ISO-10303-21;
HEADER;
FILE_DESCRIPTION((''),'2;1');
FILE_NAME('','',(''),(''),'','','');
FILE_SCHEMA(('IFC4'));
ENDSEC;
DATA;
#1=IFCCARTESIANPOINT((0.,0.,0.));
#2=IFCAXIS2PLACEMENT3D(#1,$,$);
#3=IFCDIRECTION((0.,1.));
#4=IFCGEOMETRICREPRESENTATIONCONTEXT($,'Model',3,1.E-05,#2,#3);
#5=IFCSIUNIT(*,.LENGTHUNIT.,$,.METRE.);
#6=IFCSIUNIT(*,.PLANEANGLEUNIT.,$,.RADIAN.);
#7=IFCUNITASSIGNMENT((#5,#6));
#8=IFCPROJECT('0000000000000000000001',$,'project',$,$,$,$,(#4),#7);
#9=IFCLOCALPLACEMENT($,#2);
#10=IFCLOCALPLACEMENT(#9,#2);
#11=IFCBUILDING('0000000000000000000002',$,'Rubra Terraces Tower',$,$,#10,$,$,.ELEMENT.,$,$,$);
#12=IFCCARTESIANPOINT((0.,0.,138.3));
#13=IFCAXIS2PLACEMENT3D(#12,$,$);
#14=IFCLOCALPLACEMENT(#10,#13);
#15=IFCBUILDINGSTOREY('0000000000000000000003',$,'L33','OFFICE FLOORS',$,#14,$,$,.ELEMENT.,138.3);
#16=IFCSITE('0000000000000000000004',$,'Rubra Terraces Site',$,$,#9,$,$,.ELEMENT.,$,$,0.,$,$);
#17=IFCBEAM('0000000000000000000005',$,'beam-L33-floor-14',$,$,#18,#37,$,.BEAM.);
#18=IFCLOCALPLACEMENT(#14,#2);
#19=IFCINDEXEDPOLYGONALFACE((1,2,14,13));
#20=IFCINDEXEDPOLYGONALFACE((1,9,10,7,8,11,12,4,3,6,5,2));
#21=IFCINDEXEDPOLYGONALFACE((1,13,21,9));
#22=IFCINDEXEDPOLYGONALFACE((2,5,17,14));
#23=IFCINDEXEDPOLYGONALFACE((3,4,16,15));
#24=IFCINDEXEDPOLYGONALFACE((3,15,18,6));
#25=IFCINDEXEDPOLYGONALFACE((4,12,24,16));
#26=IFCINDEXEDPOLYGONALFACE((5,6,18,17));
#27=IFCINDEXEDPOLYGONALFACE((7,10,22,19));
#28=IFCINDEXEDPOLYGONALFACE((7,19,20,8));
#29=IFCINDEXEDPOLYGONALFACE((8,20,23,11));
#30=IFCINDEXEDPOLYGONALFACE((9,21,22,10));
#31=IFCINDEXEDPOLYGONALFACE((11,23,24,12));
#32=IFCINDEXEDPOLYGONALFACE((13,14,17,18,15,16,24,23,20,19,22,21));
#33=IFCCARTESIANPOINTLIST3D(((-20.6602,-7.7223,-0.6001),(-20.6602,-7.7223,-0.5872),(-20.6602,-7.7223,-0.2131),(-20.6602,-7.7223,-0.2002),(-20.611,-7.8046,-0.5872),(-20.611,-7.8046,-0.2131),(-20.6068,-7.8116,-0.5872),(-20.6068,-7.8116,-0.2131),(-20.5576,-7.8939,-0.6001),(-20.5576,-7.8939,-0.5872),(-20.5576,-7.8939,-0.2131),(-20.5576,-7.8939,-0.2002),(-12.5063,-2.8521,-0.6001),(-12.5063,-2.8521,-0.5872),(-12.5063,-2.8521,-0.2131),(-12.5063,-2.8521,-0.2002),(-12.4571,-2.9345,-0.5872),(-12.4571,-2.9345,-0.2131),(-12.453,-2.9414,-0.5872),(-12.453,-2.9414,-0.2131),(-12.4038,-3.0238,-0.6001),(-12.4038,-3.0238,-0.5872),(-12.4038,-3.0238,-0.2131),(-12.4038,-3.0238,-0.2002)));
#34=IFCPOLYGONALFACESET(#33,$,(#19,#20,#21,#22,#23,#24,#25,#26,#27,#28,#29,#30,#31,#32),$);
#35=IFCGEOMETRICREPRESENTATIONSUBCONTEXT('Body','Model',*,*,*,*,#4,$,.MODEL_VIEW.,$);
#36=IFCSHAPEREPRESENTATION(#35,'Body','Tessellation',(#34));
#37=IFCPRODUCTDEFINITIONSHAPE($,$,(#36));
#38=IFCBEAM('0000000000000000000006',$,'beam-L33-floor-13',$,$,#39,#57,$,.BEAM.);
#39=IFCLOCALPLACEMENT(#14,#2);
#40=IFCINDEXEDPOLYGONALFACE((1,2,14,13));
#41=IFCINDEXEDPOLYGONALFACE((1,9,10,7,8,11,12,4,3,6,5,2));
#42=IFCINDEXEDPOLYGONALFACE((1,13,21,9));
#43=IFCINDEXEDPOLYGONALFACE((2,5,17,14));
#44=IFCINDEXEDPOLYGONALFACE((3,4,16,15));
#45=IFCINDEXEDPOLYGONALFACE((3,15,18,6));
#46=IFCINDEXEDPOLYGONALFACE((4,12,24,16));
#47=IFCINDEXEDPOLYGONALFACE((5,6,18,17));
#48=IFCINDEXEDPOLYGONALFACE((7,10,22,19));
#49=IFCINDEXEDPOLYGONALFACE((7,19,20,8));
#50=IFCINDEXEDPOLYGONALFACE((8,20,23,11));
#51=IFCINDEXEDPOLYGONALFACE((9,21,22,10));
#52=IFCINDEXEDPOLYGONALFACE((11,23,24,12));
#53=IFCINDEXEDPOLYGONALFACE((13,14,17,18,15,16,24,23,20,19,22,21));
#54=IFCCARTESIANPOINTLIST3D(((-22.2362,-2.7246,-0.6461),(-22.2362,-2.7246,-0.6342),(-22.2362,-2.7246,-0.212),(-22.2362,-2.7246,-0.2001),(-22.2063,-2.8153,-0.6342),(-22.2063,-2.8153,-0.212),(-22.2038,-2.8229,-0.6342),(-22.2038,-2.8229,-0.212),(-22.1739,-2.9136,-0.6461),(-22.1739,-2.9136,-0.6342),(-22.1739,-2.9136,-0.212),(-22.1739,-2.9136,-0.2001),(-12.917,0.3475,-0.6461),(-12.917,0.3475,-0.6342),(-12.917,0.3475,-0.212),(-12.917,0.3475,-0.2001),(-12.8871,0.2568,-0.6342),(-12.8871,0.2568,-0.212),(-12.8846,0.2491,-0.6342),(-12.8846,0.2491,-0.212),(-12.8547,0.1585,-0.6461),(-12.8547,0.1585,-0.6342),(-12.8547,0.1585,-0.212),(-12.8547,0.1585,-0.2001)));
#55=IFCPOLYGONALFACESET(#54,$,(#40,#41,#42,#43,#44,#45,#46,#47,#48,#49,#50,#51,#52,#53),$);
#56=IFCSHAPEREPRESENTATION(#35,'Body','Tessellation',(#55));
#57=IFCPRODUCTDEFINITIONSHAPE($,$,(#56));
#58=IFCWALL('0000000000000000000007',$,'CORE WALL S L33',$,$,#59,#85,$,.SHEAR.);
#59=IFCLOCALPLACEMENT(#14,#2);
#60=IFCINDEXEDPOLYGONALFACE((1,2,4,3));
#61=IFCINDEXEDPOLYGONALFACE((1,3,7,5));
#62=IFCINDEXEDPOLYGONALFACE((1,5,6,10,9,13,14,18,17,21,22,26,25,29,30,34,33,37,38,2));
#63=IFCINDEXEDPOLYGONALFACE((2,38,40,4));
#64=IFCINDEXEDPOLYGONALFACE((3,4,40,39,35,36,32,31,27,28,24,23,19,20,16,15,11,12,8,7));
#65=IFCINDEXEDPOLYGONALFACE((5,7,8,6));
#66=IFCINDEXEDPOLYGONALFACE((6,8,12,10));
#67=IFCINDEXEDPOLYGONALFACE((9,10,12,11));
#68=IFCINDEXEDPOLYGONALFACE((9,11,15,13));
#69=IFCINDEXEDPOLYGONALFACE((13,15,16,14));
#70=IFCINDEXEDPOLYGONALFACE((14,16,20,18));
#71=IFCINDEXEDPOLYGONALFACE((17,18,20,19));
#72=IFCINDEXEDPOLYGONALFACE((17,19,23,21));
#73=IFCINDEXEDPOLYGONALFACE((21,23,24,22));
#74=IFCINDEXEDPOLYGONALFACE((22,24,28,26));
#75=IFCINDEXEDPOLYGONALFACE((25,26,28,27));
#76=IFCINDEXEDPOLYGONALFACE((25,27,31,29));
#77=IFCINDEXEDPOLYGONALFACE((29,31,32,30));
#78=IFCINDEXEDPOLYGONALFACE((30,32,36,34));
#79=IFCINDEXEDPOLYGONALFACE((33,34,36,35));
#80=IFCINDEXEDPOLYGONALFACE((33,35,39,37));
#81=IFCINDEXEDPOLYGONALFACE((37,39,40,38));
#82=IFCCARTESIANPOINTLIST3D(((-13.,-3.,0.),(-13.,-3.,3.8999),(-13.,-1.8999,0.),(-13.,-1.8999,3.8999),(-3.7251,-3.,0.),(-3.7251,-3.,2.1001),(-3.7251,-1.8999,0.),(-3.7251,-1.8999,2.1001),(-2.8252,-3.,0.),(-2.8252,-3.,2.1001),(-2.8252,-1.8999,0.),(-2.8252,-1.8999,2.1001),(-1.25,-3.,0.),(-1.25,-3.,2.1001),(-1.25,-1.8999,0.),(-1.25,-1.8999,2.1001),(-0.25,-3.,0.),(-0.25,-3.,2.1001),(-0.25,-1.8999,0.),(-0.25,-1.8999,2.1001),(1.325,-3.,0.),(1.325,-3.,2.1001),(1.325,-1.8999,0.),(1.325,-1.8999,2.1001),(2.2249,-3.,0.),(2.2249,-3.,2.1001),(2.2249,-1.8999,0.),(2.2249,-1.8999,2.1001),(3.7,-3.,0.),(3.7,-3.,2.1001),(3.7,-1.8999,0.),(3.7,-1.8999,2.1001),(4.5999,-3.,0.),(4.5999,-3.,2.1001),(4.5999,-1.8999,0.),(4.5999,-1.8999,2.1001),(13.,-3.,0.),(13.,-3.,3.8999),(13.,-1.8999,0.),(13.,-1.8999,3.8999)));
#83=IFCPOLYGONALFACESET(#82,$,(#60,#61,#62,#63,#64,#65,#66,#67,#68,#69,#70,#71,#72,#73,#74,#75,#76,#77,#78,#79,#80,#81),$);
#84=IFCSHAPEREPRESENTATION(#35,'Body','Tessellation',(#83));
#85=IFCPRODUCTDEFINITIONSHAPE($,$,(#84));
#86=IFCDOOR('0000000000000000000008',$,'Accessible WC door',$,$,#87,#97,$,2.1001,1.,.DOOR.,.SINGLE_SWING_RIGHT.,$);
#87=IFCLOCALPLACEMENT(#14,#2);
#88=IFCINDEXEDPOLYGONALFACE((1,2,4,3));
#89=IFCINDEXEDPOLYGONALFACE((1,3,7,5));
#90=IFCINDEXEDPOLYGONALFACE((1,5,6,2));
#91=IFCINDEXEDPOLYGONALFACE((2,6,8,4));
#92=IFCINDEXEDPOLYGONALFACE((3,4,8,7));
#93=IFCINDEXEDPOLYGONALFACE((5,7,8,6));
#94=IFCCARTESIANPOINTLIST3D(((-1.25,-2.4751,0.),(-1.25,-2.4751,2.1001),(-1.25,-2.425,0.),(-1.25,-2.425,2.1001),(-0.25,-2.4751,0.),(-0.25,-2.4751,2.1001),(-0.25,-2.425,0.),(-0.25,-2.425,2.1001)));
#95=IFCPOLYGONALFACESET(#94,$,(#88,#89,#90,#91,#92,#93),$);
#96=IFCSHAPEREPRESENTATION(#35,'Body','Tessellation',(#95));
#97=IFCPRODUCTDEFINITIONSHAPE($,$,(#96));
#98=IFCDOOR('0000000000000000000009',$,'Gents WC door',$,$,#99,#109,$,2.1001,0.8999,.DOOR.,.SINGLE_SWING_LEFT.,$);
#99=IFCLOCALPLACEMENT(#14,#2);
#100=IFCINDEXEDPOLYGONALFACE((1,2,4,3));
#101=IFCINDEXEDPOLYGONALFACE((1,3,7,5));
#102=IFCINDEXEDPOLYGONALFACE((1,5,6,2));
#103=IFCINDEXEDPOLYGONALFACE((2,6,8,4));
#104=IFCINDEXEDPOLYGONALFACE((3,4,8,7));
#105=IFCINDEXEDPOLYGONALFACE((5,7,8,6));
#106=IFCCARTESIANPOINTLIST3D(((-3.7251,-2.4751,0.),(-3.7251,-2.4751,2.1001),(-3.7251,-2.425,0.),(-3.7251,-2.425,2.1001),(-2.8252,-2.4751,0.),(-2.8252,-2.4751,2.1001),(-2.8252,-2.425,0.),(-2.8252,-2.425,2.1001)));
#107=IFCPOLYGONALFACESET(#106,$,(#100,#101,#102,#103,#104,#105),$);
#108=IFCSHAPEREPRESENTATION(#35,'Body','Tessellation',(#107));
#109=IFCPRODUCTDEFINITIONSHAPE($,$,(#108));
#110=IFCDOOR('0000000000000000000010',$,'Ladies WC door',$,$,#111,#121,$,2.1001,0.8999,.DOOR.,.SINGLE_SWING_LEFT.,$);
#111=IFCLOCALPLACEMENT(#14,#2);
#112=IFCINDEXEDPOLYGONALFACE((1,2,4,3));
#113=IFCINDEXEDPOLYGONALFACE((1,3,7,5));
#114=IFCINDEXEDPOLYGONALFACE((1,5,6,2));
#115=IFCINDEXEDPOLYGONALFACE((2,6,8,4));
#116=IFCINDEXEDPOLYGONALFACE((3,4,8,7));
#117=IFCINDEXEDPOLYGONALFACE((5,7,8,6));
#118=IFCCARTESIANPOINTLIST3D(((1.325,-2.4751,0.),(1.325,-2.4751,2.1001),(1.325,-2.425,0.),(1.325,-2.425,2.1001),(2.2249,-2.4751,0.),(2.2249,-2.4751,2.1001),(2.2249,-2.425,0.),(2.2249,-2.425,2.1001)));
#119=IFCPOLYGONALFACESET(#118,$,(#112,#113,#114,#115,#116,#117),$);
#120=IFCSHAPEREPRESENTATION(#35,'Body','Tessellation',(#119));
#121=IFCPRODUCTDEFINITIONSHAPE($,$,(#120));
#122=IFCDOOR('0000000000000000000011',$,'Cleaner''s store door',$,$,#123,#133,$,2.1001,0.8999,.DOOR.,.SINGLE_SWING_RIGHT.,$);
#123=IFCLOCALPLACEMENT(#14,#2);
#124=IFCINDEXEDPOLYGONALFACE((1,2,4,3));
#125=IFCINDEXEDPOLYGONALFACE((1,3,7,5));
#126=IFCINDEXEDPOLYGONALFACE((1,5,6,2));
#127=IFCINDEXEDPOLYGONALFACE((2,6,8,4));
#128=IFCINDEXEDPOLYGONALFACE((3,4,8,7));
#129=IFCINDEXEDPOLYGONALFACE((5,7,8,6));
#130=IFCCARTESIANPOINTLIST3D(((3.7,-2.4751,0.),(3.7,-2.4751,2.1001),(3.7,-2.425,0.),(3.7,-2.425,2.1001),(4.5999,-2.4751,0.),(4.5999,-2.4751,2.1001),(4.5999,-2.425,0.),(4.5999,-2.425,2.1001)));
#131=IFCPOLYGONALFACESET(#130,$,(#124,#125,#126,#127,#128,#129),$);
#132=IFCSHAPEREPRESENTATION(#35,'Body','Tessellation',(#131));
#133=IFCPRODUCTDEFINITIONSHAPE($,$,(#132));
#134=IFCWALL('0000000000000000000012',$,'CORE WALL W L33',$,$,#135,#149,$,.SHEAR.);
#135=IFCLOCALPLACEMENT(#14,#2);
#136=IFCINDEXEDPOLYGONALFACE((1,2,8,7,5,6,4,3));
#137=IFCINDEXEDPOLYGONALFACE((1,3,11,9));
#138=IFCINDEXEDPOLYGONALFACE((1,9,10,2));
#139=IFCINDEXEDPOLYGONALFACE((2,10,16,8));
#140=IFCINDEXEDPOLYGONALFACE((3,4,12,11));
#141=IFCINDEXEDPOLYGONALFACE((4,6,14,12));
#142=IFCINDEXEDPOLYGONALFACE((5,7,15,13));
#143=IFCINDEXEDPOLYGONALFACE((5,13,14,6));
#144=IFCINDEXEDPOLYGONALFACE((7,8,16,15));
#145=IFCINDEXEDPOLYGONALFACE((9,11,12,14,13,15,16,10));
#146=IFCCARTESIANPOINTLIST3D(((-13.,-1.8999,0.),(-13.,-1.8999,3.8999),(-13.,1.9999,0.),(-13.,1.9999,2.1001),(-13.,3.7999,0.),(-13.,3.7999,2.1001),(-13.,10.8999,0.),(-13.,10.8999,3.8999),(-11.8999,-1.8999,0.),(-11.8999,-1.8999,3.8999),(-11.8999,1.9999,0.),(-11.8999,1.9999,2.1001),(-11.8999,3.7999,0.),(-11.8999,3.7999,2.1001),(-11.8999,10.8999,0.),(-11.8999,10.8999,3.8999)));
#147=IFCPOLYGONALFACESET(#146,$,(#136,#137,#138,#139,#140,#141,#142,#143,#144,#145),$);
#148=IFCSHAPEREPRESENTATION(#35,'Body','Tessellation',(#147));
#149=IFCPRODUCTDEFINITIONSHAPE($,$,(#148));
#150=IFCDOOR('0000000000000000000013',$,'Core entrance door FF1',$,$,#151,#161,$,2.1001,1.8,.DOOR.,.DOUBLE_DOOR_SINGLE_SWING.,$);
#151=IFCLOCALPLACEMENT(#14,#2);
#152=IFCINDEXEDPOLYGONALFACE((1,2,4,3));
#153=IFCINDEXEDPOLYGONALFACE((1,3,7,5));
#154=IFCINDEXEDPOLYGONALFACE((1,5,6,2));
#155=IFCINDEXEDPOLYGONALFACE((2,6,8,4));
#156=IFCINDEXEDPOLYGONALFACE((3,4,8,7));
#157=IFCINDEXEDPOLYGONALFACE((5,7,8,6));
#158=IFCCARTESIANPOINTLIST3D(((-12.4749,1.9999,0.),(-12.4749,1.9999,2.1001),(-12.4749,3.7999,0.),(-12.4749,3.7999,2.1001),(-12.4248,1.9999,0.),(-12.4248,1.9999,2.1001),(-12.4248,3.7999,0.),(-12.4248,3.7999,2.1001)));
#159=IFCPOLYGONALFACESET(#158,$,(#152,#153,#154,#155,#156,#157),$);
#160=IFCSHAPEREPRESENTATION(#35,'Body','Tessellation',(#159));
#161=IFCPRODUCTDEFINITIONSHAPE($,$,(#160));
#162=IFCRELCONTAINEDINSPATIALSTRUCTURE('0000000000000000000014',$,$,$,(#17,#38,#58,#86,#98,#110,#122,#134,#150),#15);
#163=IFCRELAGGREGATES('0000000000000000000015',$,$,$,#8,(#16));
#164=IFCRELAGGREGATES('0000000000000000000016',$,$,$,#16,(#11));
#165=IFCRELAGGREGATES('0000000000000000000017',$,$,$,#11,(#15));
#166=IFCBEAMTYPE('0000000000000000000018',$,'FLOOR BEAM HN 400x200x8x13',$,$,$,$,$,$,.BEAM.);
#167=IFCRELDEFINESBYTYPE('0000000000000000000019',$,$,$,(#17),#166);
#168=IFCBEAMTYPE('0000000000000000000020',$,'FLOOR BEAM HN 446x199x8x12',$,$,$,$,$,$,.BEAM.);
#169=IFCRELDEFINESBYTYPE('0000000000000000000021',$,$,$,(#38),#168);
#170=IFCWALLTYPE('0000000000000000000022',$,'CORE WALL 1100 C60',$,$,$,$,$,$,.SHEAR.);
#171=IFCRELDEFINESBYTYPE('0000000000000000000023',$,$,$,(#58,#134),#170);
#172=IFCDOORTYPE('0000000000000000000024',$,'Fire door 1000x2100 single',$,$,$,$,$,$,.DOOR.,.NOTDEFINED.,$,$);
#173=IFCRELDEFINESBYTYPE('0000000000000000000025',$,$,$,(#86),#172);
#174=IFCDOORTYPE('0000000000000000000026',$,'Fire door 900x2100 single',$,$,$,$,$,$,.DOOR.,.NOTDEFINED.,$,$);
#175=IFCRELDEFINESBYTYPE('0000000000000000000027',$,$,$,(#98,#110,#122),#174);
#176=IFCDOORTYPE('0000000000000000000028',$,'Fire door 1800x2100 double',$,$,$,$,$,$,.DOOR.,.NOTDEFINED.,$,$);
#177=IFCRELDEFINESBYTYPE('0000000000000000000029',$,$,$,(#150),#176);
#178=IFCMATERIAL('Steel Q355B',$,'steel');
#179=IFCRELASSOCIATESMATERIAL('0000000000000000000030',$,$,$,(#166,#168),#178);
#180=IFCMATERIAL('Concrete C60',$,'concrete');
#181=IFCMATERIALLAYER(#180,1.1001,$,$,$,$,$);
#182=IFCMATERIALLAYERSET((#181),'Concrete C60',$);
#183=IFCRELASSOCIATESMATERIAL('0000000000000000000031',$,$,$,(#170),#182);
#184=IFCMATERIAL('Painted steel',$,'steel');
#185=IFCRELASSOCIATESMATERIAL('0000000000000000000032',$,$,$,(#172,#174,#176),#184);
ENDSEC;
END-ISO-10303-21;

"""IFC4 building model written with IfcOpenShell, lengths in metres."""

from ifc_helpers import new_model, si_unit, direction, frame, frame_2d, origin, origin_2d, place, context, subcontext, project, spatial, rectangle, i_section, extrude, material, layer, layer_set, material_profile, profile_set, type_object, element, fill, save


model = new_model("IFC4")

# Units and contexts
model_context = context("Model", 3, precision=1e-05, world=origin(), true_north=direction((0.0, 1.0)))
body_context = subcontext(model_context, "Body", "Model", "MODEL_VIEW")
ifc_project = project(units=[si_unit("LENGTHUNIT", "METRE"), si_unit("PLANEANGLEUNIT", "RADIAN")], contexts=[model_context])

# Site, building, storey
site_placement = place(None, origin())
site = spatial("IfcSite", under=ifc_project, at=site_placement, Name="Rubra Terraces Site", CompositionType="ELEMENT", RefElevation=0.0)
building_placement = place(site_placement, origin())
building = spatial("IfcBuilding", under=site, at=building_placement, Name="Rubra Terraces Tower", CompositionType="ELEMENT")
storey_placement = place(building_placement, frame((0.0, 0.0, 138.3)))
storey = spatial("IfcBuildingStorey", under=building, at=storey_placement, Name="L33", Description="OFFICE FLOORS", CompositionType="ELEMENT", Elevation=138.3)

# Beams
ifc_material_1 = material(Name="Steel Q355B", Category="steel")
ifc_material_profile_1 = material_profile(ifc_material_1, i_section(OverallWidth=0.2, OverallDepth=0.3999, WebThickness=0.0081, FlangeThickness=0.0129, at=origin_2d()), Name="HN 400x200x8x13")
ifc_profile_set_1 = profile_set([ifc_material_profile_1], Name="Steel Q355B")
beam_type_1 = type_object("IfcBeamType", Name="FLOOR BEAM HN 400x200x8x13", PredefinedType="BEAM", material=ifc_profile_set_1)
beam_1_placement = place(storey_placement, frame((-20.6089, -7.8081, -0.4001), z_axis=(0.858521, 0.512778, 0.0), x_axis=(-0.512778, 0.858521, 0.0)))
element("IfcBeam", 1, at=beam_1_placement, inside=storey, type_object=beam_type_1, Name="beam-L33-floor-14", PredefinedType="BEAM", context=body_context, shape_type="SweptSolid", body=[
    extrude(i_section(OverallWidth=0.2, OverallDepth=0.3999, WebThickness=0.0081, FlangeThickness=0.0129, at=origin_2d()), origin(), (0.0, 0.0, 1.0), 9.4976),
])
ifc_material_profile_2 = material_profile(ifc_material_1, i_section(OverallWidth=0.199, OverallDepth=0.446, WebThickness=0.0081, FlangeThickness=0.012, at=origin_2d()), Name="HN 446x199x8x12")
ifc_profile_set_2 = profile_set([ifc_material_profile_2], Name="Steel Q355B")
beam_type_2 = type_object("IfcBeamType", Name="FLOOR BEAM HN 446x199x8x12", PredefinedType="BEAM", material=ifc_profile_set_2)
beam_2_placement = place(storey_placement, frame((-22.2051, -2.8191, -0.4231), z_axis=(0.949728, 0.313076, 0.0), x_axis=(-0.313076, 0.949728, 0.0)))
element("IfcBeam", 2, at=beam_2_placement, inside=storey, type_object=beam_type_2, Name="beam-L33-floor-13", PredefinedType="BEAM", context=body_context, shape_type="SweptSolid", body=[
    extrude(i_section(OverallWidth=0.199, OverallDepth=0.446, WebThickness=0.0081, FlangeThickness=0.012, at=origin_2d()), origin(), (0.0, 0.0, 1.0), 9.8125),
])

# Wall, openings, doors
ifc_material_2 = material(Name="Concrete C60", Category="concrete")
ifc_layer_1 = layer(ifc_material_2, 1.1001)
ifc_layer_set_1 = layer_set([ifc_layer_1], Name="Concrete C60")
wall_type_1 = type_object("IfcWallType", Name="CORE WALL 1100 C60", PredefinedType="SHEAR", material=ifc_layer_set_1)
wall_1_placement = place(storey_placement, frame((-13.0, -2.45, 0.0), z_axis=(0.0, 0.0, 1.0), x_axis=(1.0, 0.0, 0.0)))
wall_1 = element("IfcWall", 3, at=wall_1_placement, inside=storey, type_object=wall_type_1, Name="CORE WALL S L33", PredefinedType="SHEAR", context=body_context, shape_type="SweptSolid", body=[
    extrude(rectangle(XDim=26.0, YDim=1.1001, at=frame_2d((13.0, 0.0))), origin(), (0.0, 0.0, 1.0), 3.8999),
])
opening_1_placement = place(wall_1_placement, frame((9.2749, 0.0, 0.0)))
opening_1 = element("IfcOpeningElement", 4, at=opening_1_placement, cuts=wall_1, PredefinedType="OPENING", context=body_context, shape_type="SweptSolid", body=[
    extrude(rectangle(XDim=0.8999, YDim=2.1001, at=frame_2d((0.45, 1.05))), frame((0.0, 0.5601, 0.0), z_axis=(0.0, -1.0, 0.0), x_axis=(1.0, 0.0, 0.0)), (0.0, 0.0, 1.0), 1.1201),
])
opening_2_placement = place(wall_1_placement, frame((11.75, 0.0, 0.0)))
opening_2 = element("IfcOpeningElement", 5, at=opening_2_placement, cuts=wall_1, PredefinedType="OPENING", context=body_context, shape_type="SweptSolid", body=[
    extrude(rectangle(XDim=1.0, YDim=2.1001, at=frame_2d((0.5, 1.05))), frame((0.0, 0.5601, 0.0), z_axis=(0.0, -1.0, 0.0), x_axis=(1.0, 0.0, 0.0)), (0.0, 0.0, 1.0), 1.1201),
])
opening_3_placement = place(wall_1_placement, frame((14.325, 0.0, 0.0)))
opening_3 = element("IfcOpeningElement", 6, at=opening_3_placement, cuts=wall_1, PredefinedType="OPENING", context=body_context, shape_type="SweptSolid", body=[
    extrude(rectangle(XDim=0.8999, YDim=2.1001, at=frame_2d((0.45, 1.05))), frame((0.0, 0.5601, 0.0), z_axis=(0.0, -1.0, 0.0), x_axis=(1.0, 0.0, 0.0)), (0.0, 0.0, 1.0), 1.1201),
])
opening_4_placement = place(wall_1_placement, frame((16.7, 0.0, 0.0)))
opening_4 = element("IfcOpeningElement", 7, at=opening_4_placement, cuts=wall_1, PredefinedType="OPENING", context=body_context, shape_type="SweptSolid", body=[
    extrude(rectangle(XDim=0.8999, YDim=2.1001, at=frame_2d((0.45, 1.05))), frame((0.0, 0.5601, 0.0), z_axis=(0.0, -1.0, 0.0), x_axis=(1.0, 0.0, 0.0)), (0.0, 0.0, 1.0), 1.1201),
])
ifc_material_3 = material(Name="Painted steel", Category="steel")
door_type_1 = type_object("IfcDoorType", Name="Fire door 1000x2100 single", OperationType="NOTDEFINED", PredefinedType="DOOR", material=ifc_material_3)
door_1_placement = place(opening_2_placement, origin())
door_1 = element("IfcDoor", 8, at=door_1_placement, inside=storey, type_object=door_type_1, Name="Accessible WC door", OperationType="SINGLE_SWING_RIGHT", OverallHeight=2.1001, OverallWidth=1.0, PredefinedType="DOOR", context=body_context, shape_type="SweptSolid", body=[
    extrude(rectangle(XDim=1.0, YDim=2.1001, at=frame_2d((0.5, 1.05))), frame((0.0, 0.0249, 0.0), z_axis=(0.0, -1.0, 0.0), x_axis=(1.0, 0.0, 0.0)), (0.0, 0.0, 1.0), 0.05),
])
fill(opening_2, door_1)
door_type_2 = type_object("IfcDoorType", Name="Fire door 900x2100 single", OperationType="NOTDEFINED", PredefinedType="DOOR", material=ifc_material_3)
door_2_placement = place(opening_1_placement, origin())
door_2 = element("IfcDoor", 9, at=door_2_placement, inside=storey, type_object=door_type_2, Name="Gents WC door", OperationType="SINGLE_SWING_LEFT", OverallHeight=2.1001, OverallWidth=0.8999, PredefinedType="DOOR", context=body_context, shape_type="SweptSolid", body=[
    extrude(rectangle(XDim=0.8999, YDim=2.1001, at=frame_2d((0.45, 1.05))), frame((0.0, 0.0249, 0.0), z_axis=(0.0, -1.0, 0.0), x_axis=(1.0, 0.0, 0.0)), (0.0, 0.0, 1.0), 0.05),
])
fill(opening_1, door_2)
door_3_placement = place(opening_3_placement, origin())
door_3 = element("IfcDoor", 10, at=door_3_placement, inside=storey, type_object=door_type_2, Name="Ladies WC door", OperationType="SINGLE_SWING_LEFT", OverallHeight=2.1001, OverallWidth=0.8999, PredefinedType="DOOR", context=body_context, shape_type="SweptSolid", body=[
    extrude(rectangle(XDim=0.8999, YDim=2.1001, at=frame_2d((0.45, 1.05))), frame((0.0, 0.0249, 0.0), z_axis=(0.0, -1.0, 0.0), x_axis=(1.0, 0.0, 0.0)), (0.0, 0.0, 1.0), 0.05),
])
fill(opening_3, door_3)
door_4_placement = place(opening_4_placement, origin())
door_4 = element("IfcDoor", 11, at=door_4_placement, inside=storey, type_object=door_type_2, Name="Cleaner's store door", OperationType="SINGLE_SWING_RIGHT", OverallHeight=2.1001, OverallWidth=0.8999, PredefinedType="DOOR", context=body_context, shape_type="SweptSolid", body=[
    extrude(rectangle(XDim=0.8999, YDim=2.1001, at=frame_2d((0.45, 1.05))), frame((0.0, 0.0249, 0.0), z_axis=(0.0, -1.0, 0.0), x_axis=(1.0, 0.0, 0.0)), (0.0, 0.0, 1.0), 0.05),
])
fill(opening_4, door_4)

# Wall, opening, door
wall_2_placement = place(storey_placement, frame((-12.45, -1.8999, 0.0), z_axis=(0.0, 0.0, 1.0), x_axis=(0.0, 1.0, 0.0)))
wall_2 = element("IfcWall", 12, at=wall_2_placement, inside=storey, type_object=wall_type_1, Name="CORE WALL W L33", PredefinedType="SHEAR", context=body_context, shape_type="SweptSolid", body=[
    extrude(rectangle(XDim=12.7998, YDim=1.1001, at=frame_2d((6.3999, 0.0))), origin(), (0.0, 0.0, 1.0), 3.8999),
])
opening_5_placement = place(wall_2_placement, frame((3.8999, 0.0, 0.0)))
opening_5 = element("IfcOpeningElement", 13, at=opening_5_placement, cuts=wall_2, PredefinedType="OPENING", context=body_context, shape_type="SweptSolid", body=[
    extrude(rectangle(XDim=1.8, YDim=2.1001, at=frame_2d((0.8999, 1.05))), frame((0.0, 0.5601, 0.0), z_axis=(0.0, -1.0, 0.0), x_axis=(1.0, 0.0, 0.0)), (0.0, 0.0, 1.0), 1.1201),
])
door_type_3 = type_object("IfcDoorType", Name="Fire door 1800x2100 double", OperationType="NOTDEFINED", PredefinedType="DOOR", material=ifc_material_3)
door_5_placement = place(opening_5_placement, origin())
door_5 = element("IfcDoor", 14, at=door_5_placement, inside=storey, type_object=door_type_3, Name="Core entrance door FF1", OperationType="DOUBLE_DOOR_SINGLE_SWING", OverallHeight=2.1001, OverallWidth=1.8, PredefinedType="DOOR", context=body_context, shape_type="SweptSolid", body=[
    extrude(rectangle(XDim=1.8, YDim=2.1001, at=frame_2d((0.8999, 1.05))), frame((0.0, 0.0249, 0.0), z_axis=(0.0, -1.0, 0.0), x_axis=(1.0, 0.0, 0.0)), (0.0, 0.0, 1.0), 0.05),
])
fill(opening_5, door_5)

save(model, "model.ifc")
